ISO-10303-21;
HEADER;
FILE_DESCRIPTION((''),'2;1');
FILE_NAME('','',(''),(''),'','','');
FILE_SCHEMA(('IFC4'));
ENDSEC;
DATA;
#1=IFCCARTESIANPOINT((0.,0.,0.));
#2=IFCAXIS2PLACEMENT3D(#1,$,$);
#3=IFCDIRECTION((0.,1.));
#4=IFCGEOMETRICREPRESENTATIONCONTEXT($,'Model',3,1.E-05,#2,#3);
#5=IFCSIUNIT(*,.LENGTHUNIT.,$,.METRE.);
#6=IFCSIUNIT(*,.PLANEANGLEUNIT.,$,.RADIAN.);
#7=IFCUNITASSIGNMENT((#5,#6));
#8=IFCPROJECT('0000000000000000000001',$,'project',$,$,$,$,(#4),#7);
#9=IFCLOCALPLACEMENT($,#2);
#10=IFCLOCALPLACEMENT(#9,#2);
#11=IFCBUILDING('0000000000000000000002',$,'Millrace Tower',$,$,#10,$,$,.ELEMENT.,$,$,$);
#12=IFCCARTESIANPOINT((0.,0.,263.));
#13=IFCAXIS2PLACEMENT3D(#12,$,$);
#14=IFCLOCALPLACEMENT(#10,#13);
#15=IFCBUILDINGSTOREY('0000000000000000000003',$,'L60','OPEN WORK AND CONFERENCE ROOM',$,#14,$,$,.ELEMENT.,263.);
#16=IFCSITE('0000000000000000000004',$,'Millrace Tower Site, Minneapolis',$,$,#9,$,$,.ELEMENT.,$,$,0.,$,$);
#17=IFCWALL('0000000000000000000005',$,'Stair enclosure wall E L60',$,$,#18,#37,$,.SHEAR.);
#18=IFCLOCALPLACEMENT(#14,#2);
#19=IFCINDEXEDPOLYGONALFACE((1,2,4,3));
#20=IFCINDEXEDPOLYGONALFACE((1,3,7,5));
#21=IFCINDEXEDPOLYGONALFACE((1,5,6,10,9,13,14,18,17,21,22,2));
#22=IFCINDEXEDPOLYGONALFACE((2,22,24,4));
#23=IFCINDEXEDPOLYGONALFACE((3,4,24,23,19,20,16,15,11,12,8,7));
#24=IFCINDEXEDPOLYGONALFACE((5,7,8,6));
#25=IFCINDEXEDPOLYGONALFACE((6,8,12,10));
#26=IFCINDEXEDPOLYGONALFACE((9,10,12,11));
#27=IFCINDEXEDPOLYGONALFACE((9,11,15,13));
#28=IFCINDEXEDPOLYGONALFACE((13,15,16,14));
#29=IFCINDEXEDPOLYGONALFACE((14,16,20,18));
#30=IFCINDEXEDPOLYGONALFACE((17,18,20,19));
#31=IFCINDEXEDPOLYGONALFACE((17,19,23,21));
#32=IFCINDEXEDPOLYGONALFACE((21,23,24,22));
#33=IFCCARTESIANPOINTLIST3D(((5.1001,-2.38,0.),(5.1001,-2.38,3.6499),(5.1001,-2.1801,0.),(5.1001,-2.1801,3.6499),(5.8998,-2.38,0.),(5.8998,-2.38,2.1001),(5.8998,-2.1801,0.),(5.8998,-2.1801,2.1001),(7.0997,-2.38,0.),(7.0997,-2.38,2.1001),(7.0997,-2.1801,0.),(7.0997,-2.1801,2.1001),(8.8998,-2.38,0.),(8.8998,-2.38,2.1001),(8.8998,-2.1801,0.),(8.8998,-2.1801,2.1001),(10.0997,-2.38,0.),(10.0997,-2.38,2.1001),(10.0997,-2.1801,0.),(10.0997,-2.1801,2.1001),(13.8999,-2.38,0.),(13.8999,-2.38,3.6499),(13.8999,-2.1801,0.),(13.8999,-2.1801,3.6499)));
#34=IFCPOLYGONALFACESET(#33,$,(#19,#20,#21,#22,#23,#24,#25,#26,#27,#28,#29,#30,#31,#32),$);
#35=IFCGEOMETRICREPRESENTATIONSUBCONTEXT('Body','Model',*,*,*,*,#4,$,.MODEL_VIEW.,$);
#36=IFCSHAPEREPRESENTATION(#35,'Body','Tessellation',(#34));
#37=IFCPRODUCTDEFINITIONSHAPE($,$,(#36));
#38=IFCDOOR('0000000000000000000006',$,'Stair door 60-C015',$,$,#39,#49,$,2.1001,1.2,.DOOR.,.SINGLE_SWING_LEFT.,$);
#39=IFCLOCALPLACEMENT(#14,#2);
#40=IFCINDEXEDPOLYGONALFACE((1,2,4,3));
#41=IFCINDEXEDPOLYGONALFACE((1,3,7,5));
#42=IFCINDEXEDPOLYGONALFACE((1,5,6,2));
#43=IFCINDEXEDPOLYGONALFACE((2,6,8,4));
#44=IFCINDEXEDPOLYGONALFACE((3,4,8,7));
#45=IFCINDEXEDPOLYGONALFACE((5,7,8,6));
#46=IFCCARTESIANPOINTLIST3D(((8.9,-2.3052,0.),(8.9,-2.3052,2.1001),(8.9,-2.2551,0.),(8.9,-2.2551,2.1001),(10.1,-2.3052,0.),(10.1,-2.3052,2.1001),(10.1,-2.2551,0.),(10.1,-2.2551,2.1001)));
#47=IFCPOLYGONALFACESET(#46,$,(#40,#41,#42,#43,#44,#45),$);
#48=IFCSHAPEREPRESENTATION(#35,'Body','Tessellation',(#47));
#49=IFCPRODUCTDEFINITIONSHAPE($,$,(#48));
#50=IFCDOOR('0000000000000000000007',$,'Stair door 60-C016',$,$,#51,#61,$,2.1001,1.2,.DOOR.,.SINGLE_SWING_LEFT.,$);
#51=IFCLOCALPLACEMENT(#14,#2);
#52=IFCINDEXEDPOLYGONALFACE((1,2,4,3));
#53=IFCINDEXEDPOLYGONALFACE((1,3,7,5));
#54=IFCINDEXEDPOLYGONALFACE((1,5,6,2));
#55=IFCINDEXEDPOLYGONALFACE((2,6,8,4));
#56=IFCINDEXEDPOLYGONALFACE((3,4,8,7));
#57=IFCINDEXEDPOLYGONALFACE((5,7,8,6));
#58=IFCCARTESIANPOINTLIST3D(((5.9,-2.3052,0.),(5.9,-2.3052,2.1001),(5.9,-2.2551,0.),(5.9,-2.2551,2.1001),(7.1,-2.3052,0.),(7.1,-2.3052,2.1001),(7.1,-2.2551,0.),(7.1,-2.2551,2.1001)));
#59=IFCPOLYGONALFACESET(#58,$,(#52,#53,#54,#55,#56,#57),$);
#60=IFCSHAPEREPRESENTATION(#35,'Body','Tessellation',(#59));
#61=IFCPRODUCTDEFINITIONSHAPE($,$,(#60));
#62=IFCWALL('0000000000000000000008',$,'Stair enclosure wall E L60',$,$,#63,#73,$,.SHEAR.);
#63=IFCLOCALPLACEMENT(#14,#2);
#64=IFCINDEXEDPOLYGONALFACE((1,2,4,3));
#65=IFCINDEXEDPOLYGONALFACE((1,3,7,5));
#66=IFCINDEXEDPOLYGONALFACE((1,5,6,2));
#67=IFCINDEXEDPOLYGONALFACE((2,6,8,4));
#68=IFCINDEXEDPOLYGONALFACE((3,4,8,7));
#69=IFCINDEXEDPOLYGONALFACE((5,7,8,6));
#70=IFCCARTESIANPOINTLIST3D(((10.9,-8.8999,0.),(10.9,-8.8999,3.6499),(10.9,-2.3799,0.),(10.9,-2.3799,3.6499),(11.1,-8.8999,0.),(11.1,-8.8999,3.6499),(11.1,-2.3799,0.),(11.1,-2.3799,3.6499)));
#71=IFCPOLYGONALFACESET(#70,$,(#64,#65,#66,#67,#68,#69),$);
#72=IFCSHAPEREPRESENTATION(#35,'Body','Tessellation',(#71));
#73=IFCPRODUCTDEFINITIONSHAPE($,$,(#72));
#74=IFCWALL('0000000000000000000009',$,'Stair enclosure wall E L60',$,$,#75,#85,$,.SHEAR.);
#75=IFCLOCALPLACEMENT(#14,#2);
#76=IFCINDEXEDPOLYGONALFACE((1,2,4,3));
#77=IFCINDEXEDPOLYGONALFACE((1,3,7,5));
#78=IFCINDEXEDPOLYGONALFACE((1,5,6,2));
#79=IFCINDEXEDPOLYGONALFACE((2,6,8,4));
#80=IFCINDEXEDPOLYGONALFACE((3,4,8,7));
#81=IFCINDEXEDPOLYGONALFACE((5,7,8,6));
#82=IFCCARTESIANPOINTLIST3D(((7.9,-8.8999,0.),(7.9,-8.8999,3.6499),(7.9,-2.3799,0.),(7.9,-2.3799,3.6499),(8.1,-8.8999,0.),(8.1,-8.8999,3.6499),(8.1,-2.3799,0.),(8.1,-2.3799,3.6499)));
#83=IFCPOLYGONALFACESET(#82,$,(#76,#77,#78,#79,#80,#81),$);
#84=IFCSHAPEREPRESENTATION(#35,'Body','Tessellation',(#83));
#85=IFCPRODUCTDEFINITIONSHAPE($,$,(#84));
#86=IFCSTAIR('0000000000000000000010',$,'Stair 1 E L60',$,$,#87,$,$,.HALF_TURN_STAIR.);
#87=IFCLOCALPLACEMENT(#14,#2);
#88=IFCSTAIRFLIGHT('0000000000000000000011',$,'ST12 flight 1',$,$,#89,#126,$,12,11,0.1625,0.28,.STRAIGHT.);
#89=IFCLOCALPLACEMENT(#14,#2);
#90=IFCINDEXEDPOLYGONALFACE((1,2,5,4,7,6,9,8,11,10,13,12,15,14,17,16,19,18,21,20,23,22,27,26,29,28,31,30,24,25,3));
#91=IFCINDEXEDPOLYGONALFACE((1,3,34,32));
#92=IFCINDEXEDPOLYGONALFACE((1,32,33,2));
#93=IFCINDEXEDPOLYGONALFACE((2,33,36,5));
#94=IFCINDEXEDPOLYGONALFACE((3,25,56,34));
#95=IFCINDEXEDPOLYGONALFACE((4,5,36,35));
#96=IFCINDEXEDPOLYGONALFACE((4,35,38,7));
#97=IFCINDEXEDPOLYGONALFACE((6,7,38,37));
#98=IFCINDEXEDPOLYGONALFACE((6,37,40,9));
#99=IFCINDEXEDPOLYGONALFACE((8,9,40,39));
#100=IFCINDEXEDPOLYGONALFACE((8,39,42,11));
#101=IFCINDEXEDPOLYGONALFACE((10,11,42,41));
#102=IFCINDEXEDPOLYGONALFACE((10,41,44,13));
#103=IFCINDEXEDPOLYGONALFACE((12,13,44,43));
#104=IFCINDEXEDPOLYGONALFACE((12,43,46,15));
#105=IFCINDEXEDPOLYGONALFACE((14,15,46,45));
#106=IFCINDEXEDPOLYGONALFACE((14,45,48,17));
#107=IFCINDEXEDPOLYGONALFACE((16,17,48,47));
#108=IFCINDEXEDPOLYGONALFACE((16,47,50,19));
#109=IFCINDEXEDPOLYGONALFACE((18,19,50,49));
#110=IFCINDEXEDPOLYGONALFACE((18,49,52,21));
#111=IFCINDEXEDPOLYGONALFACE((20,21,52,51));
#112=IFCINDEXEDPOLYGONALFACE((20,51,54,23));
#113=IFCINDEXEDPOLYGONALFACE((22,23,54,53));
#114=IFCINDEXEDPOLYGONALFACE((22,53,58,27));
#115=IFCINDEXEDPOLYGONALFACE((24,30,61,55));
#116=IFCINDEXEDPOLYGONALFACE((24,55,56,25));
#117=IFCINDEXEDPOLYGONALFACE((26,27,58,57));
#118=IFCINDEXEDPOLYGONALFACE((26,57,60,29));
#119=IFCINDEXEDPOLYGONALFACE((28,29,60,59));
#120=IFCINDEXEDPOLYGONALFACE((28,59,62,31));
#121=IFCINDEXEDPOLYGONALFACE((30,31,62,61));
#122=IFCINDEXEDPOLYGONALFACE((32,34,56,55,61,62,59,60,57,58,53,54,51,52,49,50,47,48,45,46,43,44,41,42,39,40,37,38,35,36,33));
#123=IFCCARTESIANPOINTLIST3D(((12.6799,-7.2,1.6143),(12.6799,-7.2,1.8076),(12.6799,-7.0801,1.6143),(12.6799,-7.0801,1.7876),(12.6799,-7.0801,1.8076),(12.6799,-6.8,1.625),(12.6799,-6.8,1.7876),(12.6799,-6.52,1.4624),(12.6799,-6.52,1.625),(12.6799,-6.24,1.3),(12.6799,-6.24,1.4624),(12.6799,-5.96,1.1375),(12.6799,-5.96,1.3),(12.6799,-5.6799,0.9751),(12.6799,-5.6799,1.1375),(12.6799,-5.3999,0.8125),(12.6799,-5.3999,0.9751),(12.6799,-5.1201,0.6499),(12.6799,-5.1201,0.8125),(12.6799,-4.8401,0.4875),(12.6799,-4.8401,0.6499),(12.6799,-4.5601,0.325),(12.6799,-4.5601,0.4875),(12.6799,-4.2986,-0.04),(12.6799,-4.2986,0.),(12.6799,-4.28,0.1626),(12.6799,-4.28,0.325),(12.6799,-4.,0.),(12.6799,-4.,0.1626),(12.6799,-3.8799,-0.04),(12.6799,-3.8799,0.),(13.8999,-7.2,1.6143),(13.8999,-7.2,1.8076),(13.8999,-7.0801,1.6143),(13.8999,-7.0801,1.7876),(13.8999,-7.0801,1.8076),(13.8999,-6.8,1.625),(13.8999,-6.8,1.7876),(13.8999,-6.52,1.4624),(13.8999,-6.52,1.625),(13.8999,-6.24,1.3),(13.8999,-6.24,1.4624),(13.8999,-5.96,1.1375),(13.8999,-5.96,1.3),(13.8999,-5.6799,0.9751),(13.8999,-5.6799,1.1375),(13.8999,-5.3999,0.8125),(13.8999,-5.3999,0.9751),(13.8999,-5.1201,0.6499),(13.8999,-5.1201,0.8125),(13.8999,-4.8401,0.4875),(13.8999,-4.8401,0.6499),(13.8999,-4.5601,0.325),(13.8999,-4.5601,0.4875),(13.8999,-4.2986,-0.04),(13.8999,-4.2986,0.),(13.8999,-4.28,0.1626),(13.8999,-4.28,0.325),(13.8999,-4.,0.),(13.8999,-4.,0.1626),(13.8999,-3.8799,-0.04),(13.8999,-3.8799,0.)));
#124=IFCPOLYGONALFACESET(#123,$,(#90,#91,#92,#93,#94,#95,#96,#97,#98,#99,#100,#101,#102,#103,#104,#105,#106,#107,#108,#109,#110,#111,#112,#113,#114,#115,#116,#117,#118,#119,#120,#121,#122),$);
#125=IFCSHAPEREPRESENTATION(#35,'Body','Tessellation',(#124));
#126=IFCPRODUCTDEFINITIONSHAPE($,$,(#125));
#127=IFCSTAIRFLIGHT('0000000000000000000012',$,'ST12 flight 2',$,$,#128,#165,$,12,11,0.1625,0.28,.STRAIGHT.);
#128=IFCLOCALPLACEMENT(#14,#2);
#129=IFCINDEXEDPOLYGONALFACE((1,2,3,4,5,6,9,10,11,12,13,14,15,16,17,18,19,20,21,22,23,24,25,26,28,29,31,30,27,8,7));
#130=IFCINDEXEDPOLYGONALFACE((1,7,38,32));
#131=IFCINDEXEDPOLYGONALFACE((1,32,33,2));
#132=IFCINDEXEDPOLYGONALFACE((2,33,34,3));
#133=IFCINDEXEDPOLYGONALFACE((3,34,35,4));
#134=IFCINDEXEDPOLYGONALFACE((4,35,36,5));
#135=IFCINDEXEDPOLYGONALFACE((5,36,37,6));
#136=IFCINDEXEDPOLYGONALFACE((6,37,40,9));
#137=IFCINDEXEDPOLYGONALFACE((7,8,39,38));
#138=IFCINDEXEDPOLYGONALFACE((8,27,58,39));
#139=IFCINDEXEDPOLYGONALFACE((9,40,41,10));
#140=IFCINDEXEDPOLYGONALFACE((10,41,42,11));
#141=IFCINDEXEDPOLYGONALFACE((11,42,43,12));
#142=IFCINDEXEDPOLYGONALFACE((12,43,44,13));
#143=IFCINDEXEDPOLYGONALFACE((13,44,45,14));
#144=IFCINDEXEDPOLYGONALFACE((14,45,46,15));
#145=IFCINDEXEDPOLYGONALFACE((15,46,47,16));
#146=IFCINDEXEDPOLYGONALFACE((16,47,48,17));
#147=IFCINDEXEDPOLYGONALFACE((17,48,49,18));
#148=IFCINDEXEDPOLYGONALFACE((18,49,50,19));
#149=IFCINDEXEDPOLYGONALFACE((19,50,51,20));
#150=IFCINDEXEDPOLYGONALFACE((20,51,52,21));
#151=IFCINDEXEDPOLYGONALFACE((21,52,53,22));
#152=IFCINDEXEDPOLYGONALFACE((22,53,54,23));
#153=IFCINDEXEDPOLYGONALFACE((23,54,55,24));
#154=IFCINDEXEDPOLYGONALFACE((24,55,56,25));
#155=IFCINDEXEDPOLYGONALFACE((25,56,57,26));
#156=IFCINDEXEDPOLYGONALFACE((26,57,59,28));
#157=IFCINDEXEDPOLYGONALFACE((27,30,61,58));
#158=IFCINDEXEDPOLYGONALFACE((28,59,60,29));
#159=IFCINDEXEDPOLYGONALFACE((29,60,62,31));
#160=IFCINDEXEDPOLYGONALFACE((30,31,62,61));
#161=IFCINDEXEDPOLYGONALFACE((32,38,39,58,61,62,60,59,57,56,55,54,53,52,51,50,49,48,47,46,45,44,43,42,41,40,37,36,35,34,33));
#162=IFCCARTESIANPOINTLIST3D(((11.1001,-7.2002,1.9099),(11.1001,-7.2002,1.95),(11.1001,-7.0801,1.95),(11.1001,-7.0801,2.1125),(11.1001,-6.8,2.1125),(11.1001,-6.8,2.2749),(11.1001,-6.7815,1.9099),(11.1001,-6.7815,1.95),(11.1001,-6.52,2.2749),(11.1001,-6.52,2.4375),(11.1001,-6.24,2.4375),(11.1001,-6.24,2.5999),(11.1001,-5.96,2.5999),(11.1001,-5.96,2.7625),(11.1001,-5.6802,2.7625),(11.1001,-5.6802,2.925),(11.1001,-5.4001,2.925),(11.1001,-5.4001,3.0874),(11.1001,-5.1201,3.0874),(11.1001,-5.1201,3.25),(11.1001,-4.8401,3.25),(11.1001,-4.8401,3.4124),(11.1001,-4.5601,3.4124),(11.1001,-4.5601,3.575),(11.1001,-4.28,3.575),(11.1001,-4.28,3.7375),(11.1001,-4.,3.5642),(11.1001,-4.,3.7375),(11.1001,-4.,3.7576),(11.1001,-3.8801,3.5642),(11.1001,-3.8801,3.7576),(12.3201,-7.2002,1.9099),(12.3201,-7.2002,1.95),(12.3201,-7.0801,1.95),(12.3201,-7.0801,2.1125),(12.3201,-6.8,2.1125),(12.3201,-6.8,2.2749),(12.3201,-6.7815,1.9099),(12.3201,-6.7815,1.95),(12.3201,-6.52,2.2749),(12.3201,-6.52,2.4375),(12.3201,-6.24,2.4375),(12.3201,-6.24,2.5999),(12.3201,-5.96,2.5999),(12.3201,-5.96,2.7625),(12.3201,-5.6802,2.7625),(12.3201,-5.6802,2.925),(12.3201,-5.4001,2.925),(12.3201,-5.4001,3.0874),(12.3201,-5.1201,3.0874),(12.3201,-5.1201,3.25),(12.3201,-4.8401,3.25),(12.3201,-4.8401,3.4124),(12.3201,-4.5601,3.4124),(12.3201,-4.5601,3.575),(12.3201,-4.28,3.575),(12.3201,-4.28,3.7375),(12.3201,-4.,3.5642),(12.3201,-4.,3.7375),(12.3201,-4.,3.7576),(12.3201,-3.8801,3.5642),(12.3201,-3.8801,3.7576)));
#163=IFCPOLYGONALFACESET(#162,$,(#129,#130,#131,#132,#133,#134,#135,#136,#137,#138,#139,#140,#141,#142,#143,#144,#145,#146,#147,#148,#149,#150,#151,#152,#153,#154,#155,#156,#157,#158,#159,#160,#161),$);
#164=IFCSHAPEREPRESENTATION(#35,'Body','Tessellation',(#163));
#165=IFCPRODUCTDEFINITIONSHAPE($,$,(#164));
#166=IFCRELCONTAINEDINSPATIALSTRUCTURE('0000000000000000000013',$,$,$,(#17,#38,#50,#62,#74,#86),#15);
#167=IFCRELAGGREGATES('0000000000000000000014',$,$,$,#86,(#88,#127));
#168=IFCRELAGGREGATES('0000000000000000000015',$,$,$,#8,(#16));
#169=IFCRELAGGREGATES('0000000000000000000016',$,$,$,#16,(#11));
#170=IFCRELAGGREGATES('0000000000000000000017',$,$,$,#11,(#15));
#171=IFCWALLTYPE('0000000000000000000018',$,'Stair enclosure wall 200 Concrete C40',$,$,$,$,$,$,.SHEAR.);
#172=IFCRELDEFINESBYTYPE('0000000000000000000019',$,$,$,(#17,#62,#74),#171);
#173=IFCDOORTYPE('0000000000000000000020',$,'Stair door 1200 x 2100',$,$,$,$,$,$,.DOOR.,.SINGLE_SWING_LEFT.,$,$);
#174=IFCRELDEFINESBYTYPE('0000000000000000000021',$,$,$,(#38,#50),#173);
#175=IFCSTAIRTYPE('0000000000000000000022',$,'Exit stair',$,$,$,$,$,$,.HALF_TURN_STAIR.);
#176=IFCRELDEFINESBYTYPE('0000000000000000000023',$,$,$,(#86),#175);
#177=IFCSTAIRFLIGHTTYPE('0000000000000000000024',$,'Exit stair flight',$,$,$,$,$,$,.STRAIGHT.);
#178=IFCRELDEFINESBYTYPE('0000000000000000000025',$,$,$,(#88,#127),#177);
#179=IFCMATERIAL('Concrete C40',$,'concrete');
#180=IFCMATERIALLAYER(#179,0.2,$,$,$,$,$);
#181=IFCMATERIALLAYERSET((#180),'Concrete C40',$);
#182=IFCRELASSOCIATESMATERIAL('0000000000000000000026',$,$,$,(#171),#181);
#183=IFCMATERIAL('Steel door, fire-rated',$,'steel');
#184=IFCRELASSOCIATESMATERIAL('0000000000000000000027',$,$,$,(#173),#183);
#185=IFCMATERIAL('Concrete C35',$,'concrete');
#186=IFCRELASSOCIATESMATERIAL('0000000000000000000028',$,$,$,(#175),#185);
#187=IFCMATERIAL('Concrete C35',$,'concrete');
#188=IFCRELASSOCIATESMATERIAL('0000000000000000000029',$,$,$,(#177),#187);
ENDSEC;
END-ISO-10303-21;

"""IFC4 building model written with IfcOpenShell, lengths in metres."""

from ifc_helpers import new_model, si_unit, direction, frame, frame_2d, origin, place, context, subcontext, project, spatial, polyline, rectangle, outline, extrude, material, layer, layer_set, type_object, element, fill, aggregate, save


model = new_model("IFC4")

# Units and contexts
model_context = context("Model", 3, precision=1e-05, world=origin(), true_north=direction((0.0, 1.0)))
body_context = subcontext(model_context, "Body", "Model", "MODEL_VIEW")
ifc_project = project(units=[si_unit("LENGTHUNIT", "METRE"), si_unit("PLANEANGLEUNIT", "RADIAN")], contexts=[model_context])

# Site, building, storey
site_placement = place(None, origin())
site = spatial("IfcSite", under=ifc_project, at=site_placement, Name="Millrace Tower Site, Minneapolis", CompositionType="ELEMENT", RefElevation=0.0)
building_placement = place(site_placement, origin())
building = spatial("IfcBuilding", under=site, at=building_placement, Name="Millrace Tower", CompositionType="ELEMENT")
storey_placement = place(building_placement, frame((0.0, 0.0, 263.0)))
storey = spatial("IfcBuildingStorey", under=building, at=storey_placement, Name="L60", Description="OPEN WORK AND CONFERENCE ROOM", CompositionType="ELEMENT", Elevation=263.0)

# Shared definitions
placement = place(storey_placement, origin())

# Shared definitions
ifc_material_1 = material(Name="Concrete C40", Category="concrete")
ifc_layer_1 = layer(ifc_material_1, 0.2)
ifc_layer_set_1 = layer_set([ifc_layer_1], Name="Concrete C40")
wall_type_1 = type_object("IfcWallType", Name="Stair enclosure wall 200 Concrete C40", PredefinedType="SHEAR", material=ifc_layer_set_1)

# Wall, openings, doors
wall_1_placement = place(storey_placement, frame((13.8999, -2.28, 0.0), z_axis=(0.0, 0.0, 1.0), x_axis=(-1.0, 0.0, 0.0)))
wall_1 = element("IfcWall", 1, at=wall_1_placement, inside=storey, type_object=wall_type_1, Name="Stair enclosure wall E L60", PredefinedType="SHEAR", context=body_context, shape_type="SweptSolid", body=[
    extrude(rectangle(XDim=8.7998, YDim=0.2, at=frame_2d((4.3999, 0.0))), origin(), (0.0, 0.0, 1.0), 3.6499),
])
opening_1_placement = place(wall_1_placement, frame((3.8, 0.0, 0.0)))
opening_1 = element("IfcOpeningElement", 2, at=opening_1_placement, cuts=wall_1, PredefinedType="OPENING", context=body_context, shape_type="SweptSolid", body=[
    extrude(rectangle(XDim=1.2, YDim=2.1001, at=frame_2d((0.6001, 1.05))), frame((0.0, 0.1099, 0.0), z_axis=(0.0, -1.0, 0.0), x_axis=(1.0, 0.0, 0.0)), (0.0, 0.0, 1.0), 0.22),
])
opening_2_placement = place(wall_1_placement, frame((6.8, 0.0, 0.0)))
opening_2 = element("IfcOpeningElement", 3, at=opening_2_placement, cuts=wall_1, PredefinedType="OPENING", context=body_context, shape_type="SweptSolid", body=[
    extrude(rectangle(XDim=1.2, YDim=2.1001, at=frame_2d((0.6001, 1.05))), frame((0.0, 0.1099, 0.0), z_axis=(0.0, -1.0, 0.0), x_axis=(1.0, 0.0, 0.0)), (0.0, 0.0, 1.0), 0.22),
])
ifc_material_2 = material(Name="Steel door, fire-rated", Category="steel")
door_type_1 = type_object("IfcDoorType", Name="Stair door 1200 x 2100", OperationType="SINGLE_SWING_LEFT", PredefinedType="DOOR", material=ifc_material_2)
door_1_placement = place(opening_1_placement, frame((1.2, 0.0, 0.0), z_axis=(0.0, 0.0, 1.0), x_axis=(-1.0, 0.0, 0.0)))
door_1 = element("IfcDoor", 4, at=door_1_placement, inside=storey, type_object=door_type_1, Name="Stair door 60-C015", OperationType="SINGLE_SWING_LEFT", OverallHeight=2.1001, OverallWidth=1.2, PredefinedType="DOOR", context=body_context, shape_type="SweptSolid", body=[
    extrude(rectangle(XDim=1.2, YDim=2.1001, at=frame_2d((0.6001, 1.05))), frame((0.0, 0.0249, 0.0), z_axis=(0.0, -1.0, 0.0), x_axis=(1.0, 0.0, 0.0)), (0.0, 0.0, 1.0), 0.05),
])
fill(opening_1, door_1)
door_2_placement = place(opening_2_placement, frame((1.2, 0.0, 0.0), z_axis=(0.0, 0.0, 1.0), x_axis=(-1.0, 0.0, 0.0)))
door_2 = element("IfcDoor", 5, at=door_2_placement, inside=storey, type_object=door_type_1, Name="Stair door 60-C016", OperationType="SINGLE_SWING_LEFT", OverallHeight=2.1001, OverallWidth=1.2, PredefinedType="DOOR", context=body_context, shape_type="SweptSolid", body=[
    extrude(rectangle(XDim=1.2, YDim=2.1001, at=frame_2d((0.6001, 1.05))), frame((0.0, 0.0249, 0.0), z_axis=(0.0, -1.0, 0.0), x_axis=(1.0, 0.0, 0.0)), (0.0, 0.0, 1.0), 0.05),
])
fill(opening_2, door_2)

# Walls
for number, where, z_axis, x_axis, name in (
    (6, (11.0, -2.3799, 0.0), (0.0, 0.0, 1.0), (0.0, -1.0, 0.0), "Stair enclosure wall E L60"),
    (7, (8.0, -2.3799, 0.0), (0.0, 0.0, 1.0), (0.0, -1.0, 0.0), "Stair enclosure wall E L60"),
):
    element("IfcWall", number, at=place(storey_placement, frame(where, z_axis=z_axis, x_axis=x_axis)), inside=storey, type_object=wall_type_1, Name=name, PredefinedType="SHEAR", context=body_context, shape_type="SweptSolid", body=[
        extrude(rectangle(XDim=6.52, YDim=0.2, at=frame_2d((3.26, 0.0))), origin(), (0.0, 0.0, 1.0), 3.6499),
    ])

# Stair, stair flights
ifc_material_3 = material(Name="Concrete C35", Category="concrete")
stair_type = type_object("IfcStairType", Name="Exit stair", PredefinedType="HALF_TURN_STAIR", material=ifc_material_3)
stair_1 = element("IfcStair", 8, at=placement, inside=storey, type_object=stair_type, Name="Stair 1 E L60", PredefinedType="HALF_TURN_STAIR")
ifc_material_4 = material(Name="Concrete C35", Category="concrete")
stair_flight_type = type_object("IfcStairFlightType", Name="Exit stair flight", PredefinedType="STRAIGHT", material=ifc_material_4)
stair_flight_1_placement = place(storey_placement, frame((13.29, -4.0, 0.0), z_axis=(0.0, 0.0, 1.0), x_axis=(0.0, -1.0, 0.0)))
stair_flight_1 = element("IfcStairFlight", 9, at=stair_flight_1_placement, type_object=stair_flight_type, Name="ST12 flight 1", NumberOfRisers=12, NumberOfTreads=11, PredefinedType="STRAIGHT", RiserHeight=0.1625, TreadLength=0.28, context=body_context, shape_type="SweptSolid", body=[
    extrude(outline(polyline([(-0.1201, -0.04), (-0.1201, 0.0), (0.0, 0.0), (0.0, 0.1626), (0.28, 0.1626), (0.28, 0.325), (0.5601, 0.325), (0.5601, 0.4875), (0.8401, 0.4875), (0.8401, 0.6499), (1.1201, 0.6499), (1.1201, 0.8125), (1.3999, 0.8125), (1.3999, 0.9751), (1.6799, 0.9751), (1.6799, 1.1375), (1.96, 1.1375), (1.96, 1.3), (2.24, 1.3), (2.24, 1.4624), (2.52, 1.4624), (2.52, 1.625), (2.8, 1.625), (2.8, 1.7876), (3.0801, 1.7876), (3.0801, 1.8076), (3.2, 1.8076), (3.2, 1.6143), (3.0801, 1.6143), (0.2986, 0.0), (0.2986, -0.04), (-0.1201, -0.04)])), frame((0.0, 0.6099, 0.0), z_axis=(0.0, -1.0, 0.0), x_axis=(1.0, 0.0, 0.0)), (0.0, 0.0, 1.0), 1.22),
])
stair_flight_2_placement = place(storey_placement, frame((11.71, -7.0801, 1.95), z_axis=(0.0, 0.0, 1.0), x_axis=(0.0, 1.0, 0.0)))
stair_flight_2 = element("IfcStairFlight", 10, at=stair_flight_2_placement, type_object=stair_flight_type, Name="ST12 flight 2", NumberOfRisers=12, NumberOfTreads=11, PredefinedType="STRAIGHT", RiserHeight=0.1625, TreadLength=0.28, context=body_context, shape_type="SweptSolid", body=[
    extrude(outline(polyline([(-0.1201, -0.04), (-0.1201, 0.0), (0.0, 0.0), (0.0, 0.1626), (0.28, 0.1626), (0.28, 0.325), (0.5601, 0.325), (0.5601, 0.4875), (0.8401, 0.4875), (0.8401, 0.6499), (1.1201, 0.6499), (1.1201, 0.8125), (1.3999, 0.8125), (1.3999, 0.9751), (1.6799, 0.9751), (1.6799, 1.1375), (1.96, 1.1375), (1.96, 1.3), (2.24, 1.3), (2.24, 1.4624), (2.52, 1.4624), (2.52, 1.625), (2.8, 1.625), (2.8, 1.7876), (3.0801, 1.7876), (3.0801, 1.8076), (3.2, 1.8076), (3.2, 1.6143), (3.0801, 1.6143), (0.2986, 0.0), (0.2986, -0.04), (-0.1201, -0.04)])), frame((0.0, 0.6099, 0.0), z_axis=(0.0, -1.0, 0.0), x_axis=(1.0, 0.0, 0.0)), (0.0, 0.0, 1.0), 1.22),
])
aggregate(stair_1, [stair_flight_1, stair_flight_2])

save(model, "model.ifc")
